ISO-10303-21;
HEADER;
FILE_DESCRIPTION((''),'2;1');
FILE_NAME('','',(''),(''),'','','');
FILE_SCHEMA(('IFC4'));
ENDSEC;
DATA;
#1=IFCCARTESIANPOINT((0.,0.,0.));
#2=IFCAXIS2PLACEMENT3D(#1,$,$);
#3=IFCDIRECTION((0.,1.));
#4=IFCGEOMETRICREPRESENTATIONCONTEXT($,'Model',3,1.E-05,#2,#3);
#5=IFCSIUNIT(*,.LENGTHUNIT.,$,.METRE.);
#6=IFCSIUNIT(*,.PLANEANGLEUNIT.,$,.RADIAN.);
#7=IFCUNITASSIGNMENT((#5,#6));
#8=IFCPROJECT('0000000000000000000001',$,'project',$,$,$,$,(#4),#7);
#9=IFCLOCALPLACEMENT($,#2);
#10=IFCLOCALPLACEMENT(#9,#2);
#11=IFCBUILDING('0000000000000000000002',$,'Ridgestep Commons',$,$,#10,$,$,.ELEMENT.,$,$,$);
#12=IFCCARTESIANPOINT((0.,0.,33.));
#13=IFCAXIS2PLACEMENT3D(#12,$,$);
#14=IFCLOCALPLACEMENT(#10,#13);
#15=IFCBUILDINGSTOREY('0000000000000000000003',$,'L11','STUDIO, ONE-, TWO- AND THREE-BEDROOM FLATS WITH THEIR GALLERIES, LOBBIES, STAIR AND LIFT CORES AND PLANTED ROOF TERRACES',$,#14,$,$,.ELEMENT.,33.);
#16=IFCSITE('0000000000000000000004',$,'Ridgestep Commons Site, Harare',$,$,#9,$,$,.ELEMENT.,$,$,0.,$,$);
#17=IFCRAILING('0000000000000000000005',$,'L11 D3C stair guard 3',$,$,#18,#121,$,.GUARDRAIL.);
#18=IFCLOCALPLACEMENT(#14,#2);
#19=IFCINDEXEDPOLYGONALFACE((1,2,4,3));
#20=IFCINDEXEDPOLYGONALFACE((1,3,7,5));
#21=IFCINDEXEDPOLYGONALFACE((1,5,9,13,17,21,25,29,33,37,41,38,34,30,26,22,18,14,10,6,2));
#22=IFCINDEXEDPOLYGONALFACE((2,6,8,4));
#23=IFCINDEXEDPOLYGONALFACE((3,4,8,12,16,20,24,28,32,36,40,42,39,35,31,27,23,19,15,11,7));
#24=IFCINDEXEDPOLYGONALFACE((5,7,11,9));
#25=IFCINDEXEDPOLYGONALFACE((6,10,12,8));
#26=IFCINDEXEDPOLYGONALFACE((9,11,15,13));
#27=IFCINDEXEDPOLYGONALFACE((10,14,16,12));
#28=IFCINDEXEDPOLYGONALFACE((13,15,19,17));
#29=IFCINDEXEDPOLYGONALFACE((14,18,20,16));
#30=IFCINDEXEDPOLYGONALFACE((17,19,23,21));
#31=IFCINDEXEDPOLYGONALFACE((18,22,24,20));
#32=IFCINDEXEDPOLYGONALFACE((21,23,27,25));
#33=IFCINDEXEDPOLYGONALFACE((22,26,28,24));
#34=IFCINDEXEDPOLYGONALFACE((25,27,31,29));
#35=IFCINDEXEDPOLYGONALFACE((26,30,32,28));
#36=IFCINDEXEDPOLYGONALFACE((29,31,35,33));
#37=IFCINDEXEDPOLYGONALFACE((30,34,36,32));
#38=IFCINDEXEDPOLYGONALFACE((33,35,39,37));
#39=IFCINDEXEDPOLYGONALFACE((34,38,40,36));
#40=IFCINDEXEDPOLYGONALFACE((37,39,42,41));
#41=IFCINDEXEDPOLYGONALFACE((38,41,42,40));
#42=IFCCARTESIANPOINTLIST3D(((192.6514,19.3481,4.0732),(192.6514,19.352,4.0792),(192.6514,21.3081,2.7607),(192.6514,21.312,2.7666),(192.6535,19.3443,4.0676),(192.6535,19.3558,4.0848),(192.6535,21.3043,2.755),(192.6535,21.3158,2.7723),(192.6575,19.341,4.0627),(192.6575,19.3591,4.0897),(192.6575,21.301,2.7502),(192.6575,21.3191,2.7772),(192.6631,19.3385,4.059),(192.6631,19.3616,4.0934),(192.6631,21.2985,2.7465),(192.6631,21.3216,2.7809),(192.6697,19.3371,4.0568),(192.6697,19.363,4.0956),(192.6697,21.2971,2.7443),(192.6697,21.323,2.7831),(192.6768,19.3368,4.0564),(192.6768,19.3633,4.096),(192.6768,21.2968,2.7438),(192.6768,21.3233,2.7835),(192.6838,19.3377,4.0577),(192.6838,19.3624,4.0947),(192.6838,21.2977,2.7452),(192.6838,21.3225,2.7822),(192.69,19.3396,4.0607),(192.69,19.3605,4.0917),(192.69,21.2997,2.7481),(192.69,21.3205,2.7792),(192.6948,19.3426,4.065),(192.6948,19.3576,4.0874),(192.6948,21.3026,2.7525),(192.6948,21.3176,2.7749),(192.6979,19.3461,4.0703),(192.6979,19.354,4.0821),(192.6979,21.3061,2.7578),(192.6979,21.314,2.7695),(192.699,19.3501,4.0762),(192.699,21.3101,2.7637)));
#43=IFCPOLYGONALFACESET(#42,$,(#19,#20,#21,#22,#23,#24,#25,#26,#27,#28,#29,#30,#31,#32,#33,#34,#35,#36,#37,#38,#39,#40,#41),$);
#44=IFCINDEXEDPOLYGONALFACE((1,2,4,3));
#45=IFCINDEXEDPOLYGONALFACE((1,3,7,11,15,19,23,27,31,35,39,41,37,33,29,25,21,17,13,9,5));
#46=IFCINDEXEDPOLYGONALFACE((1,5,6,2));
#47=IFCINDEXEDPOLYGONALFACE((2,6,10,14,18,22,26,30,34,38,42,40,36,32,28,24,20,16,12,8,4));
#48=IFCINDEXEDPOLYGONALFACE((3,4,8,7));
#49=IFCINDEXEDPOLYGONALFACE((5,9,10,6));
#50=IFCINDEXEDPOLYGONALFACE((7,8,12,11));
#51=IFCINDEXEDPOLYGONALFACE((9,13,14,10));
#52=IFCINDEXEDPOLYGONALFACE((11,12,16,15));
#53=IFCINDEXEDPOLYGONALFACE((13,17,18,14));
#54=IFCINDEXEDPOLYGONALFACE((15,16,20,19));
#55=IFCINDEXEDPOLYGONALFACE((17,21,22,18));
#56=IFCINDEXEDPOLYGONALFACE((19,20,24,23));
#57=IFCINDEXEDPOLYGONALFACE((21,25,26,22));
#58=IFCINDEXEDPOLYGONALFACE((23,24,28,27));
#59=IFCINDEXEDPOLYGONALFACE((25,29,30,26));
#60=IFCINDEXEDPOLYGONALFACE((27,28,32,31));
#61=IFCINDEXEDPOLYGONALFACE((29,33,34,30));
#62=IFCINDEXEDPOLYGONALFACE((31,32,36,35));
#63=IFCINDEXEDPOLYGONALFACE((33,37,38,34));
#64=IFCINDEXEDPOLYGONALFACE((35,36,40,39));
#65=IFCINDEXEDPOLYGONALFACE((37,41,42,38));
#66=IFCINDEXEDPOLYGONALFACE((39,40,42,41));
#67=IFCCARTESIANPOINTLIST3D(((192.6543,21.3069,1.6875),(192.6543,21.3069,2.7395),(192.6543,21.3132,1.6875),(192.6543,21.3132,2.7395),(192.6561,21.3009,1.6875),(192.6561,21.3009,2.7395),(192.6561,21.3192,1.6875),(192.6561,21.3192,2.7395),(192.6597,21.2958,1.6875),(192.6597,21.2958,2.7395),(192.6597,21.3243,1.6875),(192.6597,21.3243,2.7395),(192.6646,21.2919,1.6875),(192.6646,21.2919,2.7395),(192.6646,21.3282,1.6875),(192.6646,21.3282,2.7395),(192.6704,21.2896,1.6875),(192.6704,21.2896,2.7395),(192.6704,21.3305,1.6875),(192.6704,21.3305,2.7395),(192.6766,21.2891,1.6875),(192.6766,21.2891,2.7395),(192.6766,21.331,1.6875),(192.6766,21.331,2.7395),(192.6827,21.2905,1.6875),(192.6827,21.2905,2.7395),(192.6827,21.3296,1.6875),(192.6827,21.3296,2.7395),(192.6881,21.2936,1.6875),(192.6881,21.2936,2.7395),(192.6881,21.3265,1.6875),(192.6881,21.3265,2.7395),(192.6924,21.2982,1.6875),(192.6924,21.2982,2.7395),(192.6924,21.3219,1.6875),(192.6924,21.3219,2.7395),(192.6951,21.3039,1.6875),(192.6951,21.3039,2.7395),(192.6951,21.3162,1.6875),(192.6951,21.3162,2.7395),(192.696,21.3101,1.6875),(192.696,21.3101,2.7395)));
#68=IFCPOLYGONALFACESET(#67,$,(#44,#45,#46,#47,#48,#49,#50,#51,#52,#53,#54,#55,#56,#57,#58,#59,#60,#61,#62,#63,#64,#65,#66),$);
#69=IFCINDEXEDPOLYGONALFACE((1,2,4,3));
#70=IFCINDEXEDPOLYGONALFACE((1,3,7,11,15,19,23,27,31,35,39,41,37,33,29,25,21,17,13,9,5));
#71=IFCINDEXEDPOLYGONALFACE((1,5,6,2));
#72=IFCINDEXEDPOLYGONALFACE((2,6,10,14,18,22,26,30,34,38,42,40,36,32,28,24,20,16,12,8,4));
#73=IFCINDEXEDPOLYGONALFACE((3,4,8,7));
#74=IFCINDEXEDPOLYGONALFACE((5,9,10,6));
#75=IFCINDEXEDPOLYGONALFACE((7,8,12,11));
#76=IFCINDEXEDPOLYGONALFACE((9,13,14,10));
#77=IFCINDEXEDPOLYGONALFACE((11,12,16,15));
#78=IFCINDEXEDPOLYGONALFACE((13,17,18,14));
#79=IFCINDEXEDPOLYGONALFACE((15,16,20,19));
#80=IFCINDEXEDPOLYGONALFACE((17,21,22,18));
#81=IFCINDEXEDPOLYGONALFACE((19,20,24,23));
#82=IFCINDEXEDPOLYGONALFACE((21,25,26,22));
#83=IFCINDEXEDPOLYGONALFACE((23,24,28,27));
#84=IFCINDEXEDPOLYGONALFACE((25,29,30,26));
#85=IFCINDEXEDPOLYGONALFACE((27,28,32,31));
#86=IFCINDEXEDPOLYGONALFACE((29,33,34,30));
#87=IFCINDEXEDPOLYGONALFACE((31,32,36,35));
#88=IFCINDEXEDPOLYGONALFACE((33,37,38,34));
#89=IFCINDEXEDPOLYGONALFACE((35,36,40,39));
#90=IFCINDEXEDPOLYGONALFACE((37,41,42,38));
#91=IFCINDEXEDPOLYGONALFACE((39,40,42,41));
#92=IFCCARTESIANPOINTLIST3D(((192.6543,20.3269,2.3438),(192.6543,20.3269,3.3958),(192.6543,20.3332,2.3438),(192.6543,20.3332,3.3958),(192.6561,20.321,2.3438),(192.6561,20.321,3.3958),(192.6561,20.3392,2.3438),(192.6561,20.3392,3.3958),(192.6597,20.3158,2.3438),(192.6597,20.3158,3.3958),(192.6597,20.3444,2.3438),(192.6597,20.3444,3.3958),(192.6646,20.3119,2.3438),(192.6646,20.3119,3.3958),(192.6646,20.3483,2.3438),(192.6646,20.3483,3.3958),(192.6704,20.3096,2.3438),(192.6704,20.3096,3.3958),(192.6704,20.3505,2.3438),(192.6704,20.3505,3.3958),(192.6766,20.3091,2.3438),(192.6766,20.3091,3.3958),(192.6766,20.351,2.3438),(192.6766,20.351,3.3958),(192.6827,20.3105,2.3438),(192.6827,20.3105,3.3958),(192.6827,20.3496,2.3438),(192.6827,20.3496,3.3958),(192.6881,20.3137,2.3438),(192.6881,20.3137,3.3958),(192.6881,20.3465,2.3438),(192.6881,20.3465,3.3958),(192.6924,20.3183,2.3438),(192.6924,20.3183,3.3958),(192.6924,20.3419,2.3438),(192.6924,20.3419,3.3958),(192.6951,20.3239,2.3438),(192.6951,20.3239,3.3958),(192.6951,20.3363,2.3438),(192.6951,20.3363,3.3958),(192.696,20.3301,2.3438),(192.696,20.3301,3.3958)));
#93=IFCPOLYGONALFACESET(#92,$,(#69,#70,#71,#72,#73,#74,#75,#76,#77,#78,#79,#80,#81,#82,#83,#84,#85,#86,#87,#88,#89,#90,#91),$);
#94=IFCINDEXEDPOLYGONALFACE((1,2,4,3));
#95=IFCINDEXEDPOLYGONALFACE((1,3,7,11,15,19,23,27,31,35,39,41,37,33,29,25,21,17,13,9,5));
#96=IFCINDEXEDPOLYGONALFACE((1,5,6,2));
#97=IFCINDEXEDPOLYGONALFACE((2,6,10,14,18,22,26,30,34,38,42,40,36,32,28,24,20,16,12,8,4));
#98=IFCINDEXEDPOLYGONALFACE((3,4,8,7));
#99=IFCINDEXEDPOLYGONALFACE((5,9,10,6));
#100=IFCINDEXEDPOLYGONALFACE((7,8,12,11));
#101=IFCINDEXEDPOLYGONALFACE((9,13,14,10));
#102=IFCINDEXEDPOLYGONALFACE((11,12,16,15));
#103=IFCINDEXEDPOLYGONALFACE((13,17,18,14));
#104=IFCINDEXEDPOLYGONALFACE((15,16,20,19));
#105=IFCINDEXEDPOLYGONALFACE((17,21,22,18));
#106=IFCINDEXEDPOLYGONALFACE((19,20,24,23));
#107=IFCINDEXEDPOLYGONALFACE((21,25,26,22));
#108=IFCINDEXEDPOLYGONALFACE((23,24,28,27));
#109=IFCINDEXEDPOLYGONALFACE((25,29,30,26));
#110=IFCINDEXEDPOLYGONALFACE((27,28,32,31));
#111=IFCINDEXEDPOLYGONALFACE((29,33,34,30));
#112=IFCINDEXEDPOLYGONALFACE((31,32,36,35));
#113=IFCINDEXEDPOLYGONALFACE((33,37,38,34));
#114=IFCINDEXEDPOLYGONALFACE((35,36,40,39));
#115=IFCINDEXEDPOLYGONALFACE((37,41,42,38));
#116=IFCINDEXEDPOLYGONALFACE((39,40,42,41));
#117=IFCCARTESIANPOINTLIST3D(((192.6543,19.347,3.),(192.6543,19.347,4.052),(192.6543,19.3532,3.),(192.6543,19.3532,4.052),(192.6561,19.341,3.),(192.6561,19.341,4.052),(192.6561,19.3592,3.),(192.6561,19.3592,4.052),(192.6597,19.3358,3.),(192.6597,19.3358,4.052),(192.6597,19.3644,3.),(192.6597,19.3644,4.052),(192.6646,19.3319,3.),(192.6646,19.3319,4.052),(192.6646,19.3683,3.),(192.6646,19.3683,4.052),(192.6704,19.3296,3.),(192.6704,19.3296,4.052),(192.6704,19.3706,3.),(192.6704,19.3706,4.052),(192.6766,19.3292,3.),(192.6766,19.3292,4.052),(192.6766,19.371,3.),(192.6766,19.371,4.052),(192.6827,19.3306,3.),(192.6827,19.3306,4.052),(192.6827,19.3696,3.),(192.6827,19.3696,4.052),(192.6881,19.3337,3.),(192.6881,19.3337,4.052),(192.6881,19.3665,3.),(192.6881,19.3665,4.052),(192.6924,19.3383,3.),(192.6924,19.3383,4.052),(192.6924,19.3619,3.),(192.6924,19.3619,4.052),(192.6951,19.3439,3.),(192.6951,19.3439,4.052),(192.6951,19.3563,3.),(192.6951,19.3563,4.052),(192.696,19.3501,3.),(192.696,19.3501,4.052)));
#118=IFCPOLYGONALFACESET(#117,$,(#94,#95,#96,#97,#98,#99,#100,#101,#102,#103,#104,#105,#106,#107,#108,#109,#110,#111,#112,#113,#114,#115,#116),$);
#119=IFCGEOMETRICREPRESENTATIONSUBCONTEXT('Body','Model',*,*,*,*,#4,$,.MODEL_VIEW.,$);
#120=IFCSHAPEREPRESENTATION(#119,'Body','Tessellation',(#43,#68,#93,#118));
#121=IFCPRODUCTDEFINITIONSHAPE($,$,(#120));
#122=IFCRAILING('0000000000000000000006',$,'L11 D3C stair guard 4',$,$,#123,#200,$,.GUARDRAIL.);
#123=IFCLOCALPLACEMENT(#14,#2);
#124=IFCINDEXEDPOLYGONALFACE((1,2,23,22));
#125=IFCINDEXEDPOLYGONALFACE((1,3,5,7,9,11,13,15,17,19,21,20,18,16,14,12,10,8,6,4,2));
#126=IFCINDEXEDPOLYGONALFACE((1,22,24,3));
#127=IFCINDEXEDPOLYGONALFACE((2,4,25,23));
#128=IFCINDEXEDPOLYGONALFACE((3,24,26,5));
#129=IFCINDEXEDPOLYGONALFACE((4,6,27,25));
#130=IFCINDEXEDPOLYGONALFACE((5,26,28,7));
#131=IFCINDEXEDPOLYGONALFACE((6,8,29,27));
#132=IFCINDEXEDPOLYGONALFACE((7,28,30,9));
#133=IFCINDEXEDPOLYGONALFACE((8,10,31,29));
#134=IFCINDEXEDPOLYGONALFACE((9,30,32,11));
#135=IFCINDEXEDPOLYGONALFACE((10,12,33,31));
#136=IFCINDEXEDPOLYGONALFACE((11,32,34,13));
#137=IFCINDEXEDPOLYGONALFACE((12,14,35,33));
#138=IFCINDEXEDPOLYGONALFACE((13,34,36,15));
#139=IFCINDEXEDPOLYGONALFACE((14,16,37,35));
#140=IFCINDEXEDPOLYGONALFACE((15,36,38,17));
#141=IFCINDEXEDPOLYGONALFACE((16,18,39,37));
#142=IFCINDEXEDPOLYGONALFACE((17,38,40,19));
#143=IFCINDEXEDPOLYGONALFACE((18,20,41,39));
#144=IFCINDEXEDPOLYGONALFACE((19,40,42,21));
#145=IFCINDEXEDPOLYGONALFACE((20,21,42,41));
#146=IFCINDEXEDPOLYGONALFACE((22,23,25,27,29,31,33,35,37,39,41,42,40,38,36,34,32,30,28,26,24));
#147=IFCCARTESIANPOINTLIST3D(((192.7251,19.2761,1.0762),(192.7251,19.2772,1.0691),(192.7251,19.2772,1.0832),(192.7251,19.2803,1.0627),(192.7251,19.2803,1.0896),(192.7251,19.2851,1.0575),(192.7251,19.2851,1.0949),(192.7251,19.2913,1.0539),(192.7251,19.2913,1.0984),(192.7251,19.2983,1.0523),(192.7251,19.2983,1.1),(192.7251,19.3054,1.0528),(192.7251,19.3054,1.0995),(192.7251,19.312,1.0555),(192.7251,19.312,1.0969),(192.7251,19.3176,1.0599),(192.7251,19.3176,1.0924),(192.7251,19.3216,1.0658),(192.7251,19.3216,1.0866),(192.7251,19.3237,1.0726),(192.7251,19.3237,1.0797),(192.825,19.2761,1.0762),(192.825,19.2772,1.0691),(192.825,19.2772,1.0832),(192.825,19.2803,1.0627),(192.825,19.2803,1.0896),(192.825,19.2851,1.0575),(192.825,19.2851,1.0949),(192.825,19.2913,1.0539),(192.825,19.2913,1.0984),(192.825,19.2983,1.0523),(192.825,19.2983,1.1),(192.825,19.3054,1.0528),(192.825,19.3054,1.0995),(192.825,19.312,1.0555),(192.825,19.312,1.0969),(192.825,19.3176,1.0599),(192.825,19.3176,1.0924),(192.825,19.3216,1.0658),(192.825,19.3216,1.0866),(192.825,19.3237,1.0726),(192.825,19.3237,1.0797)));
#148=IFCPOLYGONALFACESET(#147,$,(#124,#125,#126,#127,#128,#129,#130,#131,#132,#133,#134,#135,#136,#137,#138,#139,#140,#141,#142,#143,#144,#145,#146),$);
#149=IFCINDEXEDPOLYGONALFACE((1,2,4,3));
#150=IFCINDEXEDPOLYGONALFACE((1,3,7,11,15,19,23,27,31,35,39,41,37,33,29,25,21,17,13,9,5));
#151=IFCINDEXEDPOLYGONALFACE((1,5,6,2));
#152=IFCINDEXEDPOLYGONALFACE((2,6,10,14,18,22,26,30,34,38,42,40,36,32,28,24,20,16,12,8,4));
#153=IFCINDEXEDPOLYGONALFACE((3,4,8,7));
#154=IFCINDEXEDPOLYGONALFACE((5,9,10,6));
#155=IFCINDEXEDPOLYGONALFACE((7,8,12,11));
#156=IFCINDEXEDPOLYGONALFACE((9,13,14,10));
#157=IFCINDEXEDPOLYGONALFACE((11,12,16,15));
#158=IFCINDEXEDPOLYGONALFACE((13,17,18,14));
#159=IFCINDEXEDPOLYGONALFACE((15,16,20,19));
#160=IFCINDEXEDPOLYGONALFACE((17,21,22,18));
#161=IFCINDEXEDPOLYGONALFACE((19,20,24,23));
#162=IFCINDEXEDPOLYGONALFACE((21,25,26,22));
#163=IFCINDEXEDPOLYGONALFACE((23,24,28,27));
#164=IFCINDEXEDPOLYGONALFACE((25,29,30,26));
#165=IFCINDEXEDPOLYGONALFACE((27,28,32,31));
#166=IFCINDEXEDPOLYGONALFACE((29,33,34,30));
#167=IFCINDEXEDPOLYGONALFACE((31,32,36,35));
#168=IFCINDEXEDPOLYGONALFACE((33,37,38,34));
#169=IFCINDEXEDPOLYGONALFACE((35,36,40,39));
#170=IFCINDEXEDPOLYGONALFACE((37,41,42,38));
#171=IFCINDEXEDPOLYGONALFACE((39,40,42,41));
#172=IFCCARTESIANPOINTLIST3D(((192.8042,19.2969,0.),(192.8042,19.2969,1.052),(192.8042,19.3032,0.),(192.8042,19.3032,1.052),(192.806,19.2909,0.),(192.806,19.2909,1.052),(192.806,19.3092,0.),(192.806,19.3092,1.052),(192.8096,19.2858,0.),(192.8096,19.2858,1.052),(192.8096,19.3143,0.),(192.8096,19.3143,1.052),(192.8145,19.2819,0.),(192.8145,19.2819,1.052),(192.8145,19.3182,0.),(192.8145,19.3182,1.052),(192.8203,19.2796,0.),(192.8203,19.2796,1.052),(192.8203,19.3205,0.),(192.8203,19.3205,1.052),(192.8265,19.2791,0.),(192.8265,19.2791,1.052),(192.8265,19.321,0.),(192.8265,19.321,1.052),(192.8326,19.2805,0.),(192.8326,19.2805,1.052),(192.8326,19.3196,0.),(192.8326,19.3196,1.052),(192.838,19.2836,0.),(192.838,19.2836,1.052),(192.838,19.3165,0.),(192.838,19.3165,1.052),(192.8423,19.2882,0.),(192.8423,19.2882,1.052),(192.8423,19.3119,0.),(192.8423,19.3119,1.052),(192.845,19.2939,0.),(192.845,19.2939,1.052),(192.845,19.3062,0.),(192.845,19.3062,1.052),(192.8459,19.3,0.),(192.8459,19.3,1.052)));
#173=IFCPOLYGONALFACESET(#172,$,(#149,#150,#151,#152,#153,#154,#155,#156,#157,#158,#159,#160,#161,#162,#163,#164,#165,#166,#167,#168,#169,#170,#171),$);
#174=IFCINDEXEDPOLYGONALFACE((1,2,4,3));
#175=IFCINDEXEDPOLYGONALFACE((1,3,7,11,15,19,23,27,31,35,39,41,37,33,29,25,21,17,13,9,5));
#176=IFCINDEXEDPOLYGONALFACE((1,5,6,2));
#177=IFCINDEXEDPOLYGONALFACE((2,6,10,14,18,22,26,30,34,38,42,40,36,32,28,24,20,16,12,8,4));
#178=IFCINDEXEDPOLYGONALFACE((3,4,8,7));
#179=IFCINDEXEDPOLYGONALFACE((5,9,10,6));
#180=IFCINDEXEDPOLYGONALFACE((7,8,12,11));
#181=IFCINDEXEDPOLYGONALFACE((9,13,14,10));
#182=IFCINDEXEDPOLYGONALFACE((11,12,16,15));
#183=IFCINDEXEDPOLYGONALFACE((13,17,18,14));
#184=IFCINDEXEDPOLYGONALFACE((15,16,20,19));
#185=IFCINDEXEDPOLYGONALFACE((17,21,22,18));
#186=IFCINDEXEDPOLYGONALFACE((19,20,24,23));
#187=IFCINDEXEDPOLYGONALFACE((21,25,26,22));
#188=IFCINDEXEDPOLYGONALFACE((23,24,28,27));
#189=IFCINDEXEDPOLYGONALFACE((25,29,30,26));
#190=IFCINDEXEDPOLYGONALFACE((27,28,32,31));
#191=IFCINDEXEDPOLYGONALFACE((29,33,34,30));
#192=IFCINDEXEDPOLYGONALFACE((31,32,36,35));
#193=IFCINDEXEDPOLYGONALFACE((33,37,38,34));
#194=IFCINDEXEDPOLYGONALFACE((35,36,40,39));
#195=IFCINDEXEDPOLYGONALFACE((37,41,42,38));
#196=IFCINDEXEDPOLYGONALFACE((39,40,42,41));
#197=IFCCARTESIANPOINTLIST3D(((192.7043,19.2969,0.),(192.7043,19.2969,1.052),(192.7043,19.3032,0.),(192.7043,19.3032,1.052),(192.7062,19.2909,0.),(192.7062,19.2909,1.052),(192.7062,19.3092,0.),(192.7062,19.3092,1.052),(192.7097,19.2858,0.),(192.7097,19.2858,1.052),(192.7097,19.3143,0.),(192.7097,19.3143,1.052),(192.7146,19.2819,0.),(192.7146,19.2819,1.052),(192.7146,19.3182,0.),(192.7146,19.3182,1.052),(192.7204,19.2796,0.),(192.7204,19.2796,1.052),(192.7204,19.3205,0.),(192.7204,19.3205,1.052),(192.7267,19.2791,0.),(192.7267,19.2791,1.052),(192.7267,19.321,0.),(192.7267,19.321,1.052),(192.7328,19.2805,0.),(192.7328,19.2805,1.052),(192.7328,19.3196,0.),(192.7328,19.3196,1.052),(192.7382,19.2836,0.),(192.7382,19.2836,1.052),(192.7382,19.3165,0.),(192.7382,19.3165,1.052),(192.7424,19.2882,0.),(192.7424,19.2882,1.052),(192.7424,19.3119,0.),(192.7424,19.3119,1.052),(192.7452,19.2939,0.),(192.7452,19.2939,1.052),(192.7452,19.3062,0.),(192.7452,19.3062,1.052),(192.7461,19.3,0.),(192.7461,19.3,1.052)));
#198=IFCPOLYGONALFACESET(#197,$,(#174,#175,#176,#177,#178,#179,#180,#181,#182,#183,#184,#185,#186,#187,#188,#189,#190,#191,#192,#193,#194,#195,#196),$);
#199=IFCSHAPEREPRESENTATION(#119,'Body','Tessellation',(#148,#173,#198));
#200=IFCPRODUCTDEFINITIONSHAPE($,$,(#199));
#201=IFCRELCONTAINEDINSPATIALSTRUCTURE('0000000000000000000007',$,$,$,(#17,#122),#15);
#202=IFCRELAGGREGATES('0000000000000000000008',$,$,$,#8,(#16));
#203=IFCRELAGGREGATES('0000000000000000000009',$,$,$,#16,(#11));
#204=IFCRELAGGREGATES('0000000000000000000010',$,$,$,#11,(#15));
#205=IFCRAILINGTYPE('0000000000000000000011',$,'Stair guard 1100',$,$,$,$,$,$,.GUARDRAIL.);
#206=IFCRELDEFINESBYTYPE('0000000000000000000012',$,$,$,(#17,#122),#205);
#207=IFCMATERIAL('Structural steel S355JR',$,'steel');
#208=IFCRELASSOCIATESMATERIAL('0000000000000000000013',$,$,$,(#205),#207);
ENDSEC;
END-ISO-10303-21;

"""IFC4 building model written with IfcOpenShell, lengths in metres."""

from ifc_helpers import new_model, si_unit, direction, frame, origin, origin_2d, place, context, subcontext, project, spatial, circle, extrude, material, type_object, element, save


model = new_model("IFC4")

# Units and contexts
model_context = context("Model", 3, precision=1e-05, world=origin(), true_north=direction((0.0, 1.0)))
body_context = subcontext(model_context, "Body", "Model", "MODEL_VIEW")
ifc_project = project(units=[si_unit("LENGTHUNIT", "METRE"), si_unit("PLANEANGLEUNIT", "RADIAN")], contexts=[model_context])

# Site, building, storey
site_placement = place(None, origin())
site = spatial("IfcSite", under=ifc_project, at=site_placement, Name="Ridgestep Commons Site, Harare", CompositionType="ELEMENT", RefElevation=0.0)
building_placement = place(site_placement, origin())
building = spatial("IfcBuilding", under=site, at=building_placement, Name="Ridgestep Commons", CompositionType="ELEMENT")
storey_placement = place(building_placement, frame((0.0, 0.0, 33.0)))
storey = spatial("IfcBuildingStorey", under=building, at=storey_placement, Name="L11", Description="STUDIO, ONE-, TWO- AND THREE-BEDROOM FLATS WITH THEIR GALLERIES, LOBBIES, STAIR AND LIFT CORES AND PLANTED ROOF TERRACES", CompositionType="ELEMENT", Elevation=33.0)

# Railings
ifc_material_1 = material(Name="Structural steel S355JR", Category="steel")
railing_type_1 = type_object("IfcRailingType", Name="Stair guard 1100", PredefinedType="GUARDRAIL", material=ifc_material_1)
railing_1_placement = place(storey_placement, frame((192.675, 21.3101, 1.6875)))
element("IfcRailing", 1, at=railing_1_placement, inside=storey, type_object=railing_type_1, Name="L11 D3C stair guard 3", PredefinedType="GUARDRAIL", context=body_context, shape_type="SweptSolid", body=[
    extrude(circle(Radius=0.0239, at=origin_2d()), frame((0.0, 0.0, 1.0762), z_axis=(0.0, -0.830902, 0.556419), x_axis=(1.0, 0.0, 0.0)), (0.0, 0.0, 1.0), 2.3589),
    extrude(circle(Radius=0.021, at=origin_2d()), origin(), (0.0, 0.0, 1.0), 1.052),
    extrude(circle(Radius=0.021, at=origin_2d()), frame((0.0, -0.98, 0.6562)), (0.0, 0.0, 1.0), 1.052),
    extrude(circle(Radius=0.021, at=origin_2d()), frame((0.0, -1.96, 1.3125)), (0.0, 0.0, 1.0), 1.052),
])
railing_2_placement = place(storey_placement, frame((192.825, 19.3, 0.0)))
element("IfcRailing", 2, at=railing_2_placement, inside=storey, type_object=railing_type_1, Name="L11 D3C stair guard 4", PredefinedType="GUARDRAIL", context=body_context, shape_type="SweptSolid", body=[
    extrude(circle(Radius=0.0239, at=origin_2d()), frame((0.0, 0.0, 1.0762), z_axis=(-1.0, 0.0, 0.0), x_axis=(0.0, -1.0, 0.0)), (0.0, 0.0, 1.0), 0.0999),
    extrude(circle(Radius=0.021, at=origin_2d()), origin(), (0.0, 0.0, 1.0), 1.052),
    extrude(circle(Radius=0.021, at=origin_2d()), frame((-0.0999, 0.0, 0.0)), (0.0, 0.0, 1.0), 1.052),
])

save(model, "model.ifc")
